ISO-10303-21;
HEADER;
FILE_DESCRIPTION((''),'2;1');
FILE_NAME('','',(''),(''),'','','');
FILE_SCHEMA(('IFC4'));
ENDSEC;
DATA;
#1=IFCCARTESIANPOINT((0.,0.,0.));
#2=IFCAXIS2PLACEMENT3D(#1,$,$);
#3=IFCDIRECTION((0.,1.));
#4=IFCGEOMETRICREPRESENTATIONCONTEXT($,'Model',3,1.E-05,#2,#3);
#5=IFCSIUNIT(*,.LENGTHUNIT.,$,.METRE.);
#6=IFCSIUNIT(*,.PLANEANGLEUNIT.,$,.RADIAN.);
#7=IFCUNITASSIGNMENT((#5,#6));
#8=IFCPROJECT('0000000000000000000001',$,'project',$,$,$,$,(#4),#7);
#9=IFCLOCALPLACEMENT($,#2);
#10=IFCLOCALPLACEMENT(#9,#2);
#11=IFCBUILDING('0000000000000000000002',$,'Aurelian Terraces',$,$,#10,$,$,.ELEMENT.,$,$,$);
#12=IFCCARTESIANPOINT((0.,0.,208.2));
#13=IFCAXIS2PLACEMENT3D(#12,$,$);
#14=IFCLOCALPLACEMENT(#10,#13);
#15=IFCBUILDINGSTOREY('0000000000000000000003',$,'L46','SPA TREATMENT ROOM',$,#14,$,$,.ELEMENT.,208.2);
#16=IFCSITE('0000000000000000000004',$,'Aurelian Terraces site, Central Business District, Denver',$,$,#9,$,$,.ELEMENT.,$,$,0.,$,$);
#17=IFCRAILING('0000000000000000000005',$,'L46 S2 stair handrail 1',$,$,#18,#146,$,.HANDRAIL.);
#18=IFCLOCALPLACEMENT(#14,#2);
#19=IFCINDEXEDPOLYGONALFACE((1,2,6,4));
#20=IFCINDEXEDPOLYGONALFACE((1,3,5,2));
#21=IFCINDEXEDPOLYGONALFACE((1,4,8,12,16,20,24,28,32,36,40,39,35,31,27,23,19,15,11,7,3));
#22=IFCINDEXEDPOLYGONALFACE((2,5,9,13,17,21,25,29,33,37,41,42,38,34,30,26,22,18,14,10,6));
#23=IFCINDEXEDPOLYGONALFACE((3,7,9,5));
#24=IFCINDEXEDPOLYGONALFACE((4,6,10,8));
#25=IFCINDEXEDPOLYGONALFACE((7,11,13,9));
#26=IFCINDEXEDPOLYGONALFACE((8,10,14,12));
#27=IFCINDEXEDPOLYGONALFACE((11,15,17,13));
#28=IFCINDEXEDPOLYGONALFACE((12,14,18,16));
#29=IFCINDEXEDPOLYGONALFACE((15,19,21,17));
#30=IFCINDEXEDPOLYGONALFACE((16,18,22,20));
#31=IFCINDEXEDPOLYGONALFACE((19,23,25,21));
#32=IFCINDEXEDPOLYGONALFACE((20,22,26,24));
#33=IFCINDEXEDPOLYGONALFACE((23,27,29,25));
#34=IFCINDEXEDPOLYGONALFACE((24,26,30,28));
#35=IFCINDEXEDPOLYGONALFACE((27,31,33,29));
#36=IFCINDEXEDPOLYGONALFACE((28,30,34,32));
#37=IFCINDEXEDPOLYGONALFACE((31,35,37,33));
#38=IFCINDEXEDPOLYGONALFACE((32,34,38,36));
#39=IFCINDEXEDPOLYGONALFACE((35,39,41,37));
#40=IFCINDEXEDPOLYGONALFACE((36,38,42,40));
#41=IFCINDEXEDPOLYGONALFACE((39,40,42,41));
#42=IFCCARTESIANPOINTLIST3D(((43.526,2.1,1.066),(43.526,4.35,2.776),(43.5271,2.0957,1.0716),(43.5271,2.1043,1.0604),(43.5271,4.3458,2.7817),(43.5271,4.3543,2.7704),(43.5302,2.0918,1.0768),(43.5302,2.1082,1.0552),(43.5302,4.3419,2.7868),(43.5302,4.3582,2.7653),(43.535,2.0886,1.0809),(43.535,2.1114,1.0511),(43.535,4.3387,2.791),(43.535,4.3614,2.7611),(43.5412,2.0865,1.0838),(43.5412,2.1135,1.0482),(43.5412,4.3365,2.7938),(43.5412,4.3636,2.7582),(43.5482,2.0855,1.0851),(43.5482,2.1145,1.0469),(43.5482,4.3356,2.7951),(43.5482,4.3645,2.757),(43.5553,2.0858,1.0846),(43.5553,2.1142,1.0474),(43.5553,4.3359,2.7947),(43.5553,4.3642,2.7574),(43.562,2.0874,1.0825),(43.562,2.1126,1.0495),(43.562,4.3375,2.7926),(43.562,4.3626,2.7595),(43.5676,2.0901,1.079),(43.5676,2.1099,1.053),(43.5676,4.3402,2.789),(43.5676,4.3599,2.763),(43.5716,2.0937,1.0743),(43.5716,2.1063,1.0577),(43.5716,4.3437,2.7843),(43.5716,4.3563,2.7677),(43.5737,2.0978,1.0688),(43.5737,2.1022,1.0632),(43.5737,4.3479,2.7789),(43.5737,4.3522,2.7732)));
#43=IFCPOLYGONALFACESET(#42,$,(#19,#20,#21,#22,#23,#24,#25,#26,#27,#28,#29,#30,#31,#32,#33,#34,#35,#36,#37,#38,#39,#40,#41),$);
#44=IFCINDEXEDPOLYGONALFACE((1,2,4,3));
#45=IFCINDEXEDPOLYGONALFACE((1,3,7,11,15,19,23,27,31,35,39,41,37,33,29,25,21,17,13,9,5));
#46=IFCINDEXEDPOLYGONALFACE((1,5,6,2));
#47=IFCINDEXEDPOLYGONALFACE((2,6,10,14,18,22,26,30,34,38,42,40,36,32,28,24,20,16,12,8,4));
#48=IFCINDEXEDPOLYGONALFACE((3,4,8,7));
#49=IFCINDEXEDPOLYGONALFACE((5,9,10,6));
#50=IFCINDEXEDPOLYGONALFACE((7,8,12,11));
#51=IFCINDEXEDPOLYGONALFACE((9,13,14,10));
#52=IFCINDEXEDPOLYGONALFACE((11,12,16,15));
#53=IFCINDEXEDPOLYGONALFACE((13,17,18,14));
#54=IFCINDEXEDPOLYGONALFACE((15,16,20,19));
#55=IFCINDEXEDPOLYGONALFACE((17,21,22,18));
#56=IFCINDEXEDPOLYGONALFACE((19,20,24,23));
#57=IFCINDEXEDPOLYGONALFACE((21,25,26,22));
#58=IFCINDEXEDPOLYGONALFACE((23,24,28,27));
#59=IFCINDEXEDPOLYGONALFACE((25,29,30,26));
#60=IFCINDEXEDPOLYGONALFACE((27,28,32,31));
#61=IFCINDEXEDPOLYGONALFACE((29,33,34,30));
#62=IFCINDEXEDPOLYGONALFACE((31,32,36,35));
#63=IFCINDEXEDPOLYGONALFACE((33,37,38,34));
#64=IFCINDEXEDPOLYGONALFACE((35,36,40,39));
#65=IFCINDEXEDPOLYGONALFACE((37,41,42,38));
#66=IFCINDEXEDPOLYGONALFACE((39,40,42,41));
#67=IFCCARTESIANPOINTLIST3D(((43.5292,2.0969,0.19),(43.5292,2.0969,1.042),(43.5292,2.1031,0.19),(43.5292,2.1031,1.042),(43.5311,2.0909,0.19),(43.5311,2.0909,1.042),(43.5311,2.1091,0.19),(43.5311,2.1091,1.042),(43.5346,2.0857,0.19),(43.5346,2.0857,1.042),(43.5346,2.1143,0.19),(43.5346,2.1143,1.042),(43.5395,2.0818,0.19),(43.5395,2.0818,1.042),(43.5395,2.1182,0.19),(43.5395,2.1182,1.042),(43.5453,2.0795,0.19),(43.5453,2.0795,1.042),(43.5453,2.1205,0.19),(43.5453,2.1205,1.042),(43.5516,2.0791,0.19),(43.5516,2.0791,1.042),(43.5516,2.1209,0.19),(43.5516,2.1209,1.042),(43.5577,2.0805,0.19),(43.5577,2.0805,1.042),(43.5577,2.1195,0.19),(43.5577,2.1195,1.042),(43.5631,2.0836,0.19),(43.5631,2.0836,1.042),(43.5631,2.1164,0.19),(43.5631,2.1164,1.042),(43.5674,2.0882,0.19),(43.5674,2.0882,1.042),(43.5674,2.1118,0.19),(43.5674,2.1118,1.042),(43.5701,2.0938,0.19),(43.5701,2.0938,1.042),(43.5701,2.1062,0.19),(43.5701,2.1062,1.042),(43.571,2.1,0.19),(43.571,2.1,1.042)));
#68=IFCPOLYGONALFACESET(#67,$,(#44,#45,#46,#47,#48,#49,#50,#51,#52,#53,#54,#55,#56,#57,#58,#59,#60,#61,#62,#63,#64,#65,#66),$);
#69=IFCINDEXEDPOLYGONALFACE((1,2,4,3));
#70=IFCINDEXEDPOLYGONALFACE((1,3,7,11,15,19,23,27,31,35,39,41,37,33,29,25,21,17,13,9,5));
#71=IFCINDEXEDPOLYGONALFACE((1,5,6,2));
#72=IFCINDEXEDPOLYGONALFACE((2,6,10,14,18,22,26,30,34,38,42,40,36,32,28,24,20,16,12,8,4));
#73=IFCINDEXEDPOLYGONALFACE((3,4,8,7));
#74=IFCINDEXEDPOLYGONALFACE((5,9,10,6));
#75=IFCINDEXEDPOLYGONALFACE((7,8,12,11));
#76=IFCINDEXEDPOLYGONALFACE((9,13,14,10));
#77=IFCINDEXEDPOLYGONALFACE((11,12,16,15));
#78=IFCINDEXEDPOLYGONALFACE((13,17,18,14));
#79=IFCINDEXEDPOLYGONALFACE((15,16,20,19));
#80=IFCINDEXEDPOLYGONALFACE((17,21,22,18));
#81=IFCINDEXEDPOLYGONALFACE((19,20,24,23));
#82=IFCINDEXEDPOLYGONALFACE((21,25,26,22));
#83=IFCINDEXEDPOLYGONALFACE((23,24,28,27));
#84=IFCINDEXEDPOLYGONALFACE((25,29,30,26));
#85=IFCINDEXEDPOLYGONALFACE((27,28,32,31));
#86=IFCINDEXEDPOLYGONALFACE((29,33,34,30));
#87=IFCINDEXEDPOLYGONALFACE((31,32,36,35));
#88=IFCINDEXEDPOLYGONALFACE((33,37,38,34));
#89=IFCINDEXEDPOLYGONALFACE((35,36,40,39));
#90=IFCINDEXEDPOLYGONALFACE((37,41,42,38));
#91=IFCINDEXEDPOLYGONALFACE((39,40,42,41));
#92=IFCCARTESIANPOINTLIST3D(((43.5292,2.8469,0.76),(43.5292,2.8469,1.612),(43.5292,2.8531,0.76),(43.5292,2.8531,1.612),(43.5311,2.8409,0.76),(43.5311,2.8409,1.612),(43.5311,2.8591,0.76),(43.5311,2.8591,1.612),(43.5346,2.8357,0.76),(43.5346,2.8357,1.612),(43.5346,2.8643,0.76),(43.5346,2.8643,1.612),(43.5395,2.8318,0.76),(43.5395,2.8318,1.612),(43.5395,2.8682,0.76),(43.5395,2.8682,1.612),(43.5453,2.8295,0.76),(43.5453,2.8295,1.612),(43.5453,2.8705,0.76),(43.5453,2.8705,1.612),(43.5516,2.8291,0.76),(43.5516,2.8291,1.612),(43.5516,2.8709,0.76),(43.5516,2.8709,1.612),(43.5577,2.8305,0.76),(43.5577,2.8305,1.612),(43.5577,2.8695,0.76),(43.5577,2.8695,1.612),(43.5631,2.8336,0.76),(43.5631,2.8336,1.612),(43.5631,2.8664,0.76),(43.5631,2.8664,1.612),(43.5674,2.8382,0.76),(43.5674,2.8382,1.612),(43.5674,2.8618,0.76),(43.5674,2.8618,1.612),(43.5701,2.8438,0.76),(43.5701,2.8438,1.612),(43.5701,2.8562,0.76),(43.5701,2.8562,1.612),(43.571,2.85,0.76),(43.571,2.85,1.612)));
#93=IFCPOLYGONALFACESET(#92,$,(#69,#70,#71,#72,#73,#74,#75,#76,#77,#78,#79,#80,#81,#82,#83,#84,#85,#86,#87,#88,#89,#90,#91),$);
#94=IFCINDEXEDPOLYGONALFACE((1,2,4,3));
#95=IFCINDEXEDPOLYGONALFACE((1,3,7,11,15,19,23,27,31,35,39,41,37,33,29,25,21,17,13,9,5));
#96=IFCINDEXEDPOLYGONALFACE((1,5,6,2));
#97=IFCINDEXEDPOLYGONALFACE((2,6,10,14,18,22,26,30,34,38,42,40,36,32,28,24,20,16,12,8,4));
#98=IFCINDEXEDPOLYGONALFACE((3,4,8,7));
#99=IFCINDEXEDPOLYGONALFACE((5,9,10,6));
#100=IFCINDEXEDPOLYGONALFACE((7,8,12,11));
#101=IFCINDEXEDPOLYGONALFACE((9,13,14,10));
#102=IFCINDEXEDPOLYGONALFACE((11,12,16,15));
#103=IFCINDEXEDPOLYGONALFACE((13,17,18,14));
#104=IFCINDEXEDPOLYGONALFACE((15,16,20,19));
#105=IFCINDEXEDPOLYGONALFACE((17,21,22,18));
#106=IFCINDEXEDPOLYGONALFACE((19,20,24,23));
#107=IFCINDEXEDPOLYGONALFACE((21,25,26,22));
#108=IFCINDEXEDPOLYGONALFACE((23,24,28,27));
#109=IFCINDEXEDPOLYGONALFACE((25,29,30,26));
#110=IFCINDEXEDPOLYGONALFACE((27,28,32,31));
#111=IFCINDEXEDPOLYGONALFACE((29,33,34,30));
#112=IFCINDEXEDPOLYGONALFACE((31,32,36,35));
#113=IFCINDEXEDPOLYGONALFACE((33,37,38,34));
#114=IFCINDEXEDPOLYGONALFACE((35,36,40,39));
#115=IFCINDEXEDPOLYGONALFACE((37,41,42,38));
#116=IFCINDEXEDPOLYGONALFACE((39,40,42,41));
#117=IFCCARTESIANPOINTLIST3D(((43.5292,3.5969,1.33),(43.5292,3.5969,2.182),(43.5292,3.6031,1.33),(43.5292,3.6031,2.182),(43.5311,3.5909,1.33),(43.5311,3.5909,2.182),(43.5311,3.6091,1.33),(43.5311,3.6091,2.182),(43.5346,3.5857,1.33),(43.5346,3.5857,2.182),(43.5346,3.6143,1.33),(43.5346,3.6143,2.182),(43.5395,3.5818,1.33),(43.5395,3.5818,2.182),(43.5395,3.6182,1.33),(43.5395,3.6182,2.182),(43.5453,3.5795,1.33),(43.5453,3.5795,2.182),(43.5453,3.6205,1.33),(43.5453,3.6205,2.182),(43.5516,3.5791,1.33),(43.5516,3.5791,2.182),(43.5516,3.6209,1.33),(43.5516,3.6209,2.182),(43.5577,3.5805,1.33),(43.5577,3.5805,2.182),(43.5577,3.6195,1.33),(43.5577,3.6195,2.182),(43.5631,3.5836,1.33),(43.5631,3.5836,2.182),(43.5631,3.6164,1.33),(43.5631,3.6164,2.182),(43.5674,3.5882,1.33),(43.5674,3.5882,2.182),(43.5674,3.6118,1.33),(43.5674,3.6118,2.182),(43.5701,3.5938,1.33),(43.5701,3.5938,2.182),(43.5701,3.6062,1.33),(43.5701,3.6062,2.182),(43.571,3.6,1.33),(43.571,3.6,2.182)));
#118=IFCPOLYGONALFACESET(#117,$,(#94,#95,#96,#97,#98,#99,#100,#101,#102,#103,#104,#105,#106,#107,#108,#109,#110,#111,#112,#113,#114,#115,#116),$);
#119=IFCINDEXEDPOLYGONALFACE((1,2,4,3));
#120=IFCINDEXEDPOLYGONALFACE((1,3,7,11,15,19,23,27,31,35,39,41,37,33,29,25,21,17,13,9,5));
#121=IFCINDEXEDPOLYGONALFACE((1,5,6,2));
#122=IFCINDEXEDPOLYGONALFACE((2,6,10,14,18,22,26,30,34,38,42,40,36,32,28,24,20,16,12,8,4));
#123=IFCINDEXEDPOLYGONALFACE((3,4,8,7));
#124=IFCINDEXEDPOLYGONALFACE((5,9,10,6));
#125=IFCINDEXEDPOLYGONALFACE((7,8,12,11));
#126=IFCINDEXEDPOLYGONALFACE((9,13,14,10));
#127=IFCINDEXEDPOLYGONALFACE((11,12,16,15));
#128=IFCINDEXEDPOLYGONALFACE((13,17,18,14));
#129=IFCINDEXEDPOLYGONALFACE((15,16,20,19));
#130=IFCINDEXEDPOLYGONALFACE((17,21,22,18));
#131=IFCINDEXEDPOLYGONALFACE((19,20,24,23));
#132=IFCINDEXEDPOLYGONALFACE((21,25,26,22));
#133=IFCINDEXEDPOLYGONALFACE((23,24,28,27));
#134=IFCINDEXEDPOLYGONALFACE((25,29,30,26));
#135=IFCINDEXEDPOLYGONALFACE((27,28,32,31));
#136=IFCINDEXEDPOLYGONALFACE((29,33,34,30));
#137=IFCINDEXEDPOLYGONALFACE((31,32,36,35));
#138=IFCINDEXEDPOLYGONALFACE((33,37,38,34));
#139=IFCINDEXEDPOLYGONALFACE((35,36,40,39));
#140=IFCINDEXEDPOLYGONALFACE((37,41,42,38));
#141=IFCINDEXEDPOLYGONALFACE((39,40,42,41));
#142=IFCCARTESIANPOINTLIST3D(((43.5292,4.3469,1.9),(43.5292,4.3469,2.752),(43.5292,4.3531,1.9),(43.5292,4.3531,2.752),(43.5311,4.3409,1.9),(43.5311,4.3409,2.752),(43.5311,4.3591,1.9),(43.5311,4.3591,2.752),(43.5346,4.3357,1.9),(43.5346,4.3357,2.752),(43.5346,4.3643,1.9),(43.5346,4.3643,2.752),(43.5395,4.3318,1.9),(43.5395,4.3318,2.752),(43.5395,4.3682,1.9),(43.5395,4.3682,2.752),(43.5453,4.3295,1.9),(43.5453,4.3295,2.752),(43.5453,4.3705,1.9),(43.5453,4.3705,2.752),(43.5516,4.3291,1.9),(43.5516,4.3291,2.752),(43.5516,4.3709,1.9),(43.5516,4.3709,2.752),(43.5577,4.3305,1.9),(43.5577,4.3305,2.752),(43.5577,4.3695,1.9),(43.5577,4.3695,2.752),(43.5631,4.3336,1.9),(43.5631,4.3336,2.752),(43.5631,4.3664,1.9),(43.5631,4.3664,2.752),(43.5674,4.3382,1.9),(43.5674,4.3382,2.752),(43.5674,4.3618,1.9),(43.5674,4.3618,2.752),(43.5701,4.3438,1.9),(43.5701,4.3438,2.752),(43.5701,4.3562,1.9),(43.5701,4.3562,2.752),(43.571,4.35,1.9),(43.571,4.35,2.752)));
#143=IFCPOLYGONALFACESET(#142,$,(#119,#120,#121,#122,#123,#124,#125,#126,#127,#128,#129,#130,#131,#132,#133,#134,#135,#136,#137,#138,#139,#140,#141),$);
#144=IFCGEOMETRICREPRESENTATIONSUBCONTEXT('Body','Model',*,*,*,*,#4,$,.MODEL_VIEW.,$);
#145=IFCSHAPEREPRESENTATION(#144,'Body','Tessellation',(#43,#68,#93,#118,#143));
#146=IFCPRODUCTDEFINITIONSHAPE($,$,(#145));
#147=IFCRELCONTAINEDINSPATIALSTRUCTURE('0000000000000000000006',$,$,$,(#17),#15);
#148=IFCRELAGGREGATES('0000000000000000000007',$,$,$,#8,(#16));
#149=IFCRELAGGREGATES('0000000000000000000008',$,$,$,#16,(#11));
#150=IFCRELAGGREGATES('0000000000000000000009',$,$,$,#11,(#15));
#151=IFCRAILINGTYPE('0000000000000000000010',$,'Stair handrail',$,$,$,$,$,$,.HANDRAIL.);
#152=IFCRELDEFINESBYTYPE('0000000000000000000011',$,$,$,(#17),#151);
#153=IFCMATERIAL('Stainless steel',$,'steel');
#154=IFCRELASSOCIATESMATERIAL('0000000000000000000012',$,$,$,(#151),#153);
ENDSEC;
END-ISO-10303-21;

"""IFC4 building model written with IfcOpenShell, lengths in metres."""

from ifc_helpers import new_model, si_unit, direction, frame, origin, origin_2d, place, context, subcontext, project, spatial, circle, extrude, source, transform, mapped, material, type_object, element, save


model = new_model("IFC4")

# Units and contexts
model_context = context("Model", 3, precision=1e-05, world=origin(), true_north=direction((0.0, 1.0)))
body_context = subcontext(model_context, "Body", "Model", "MODEL_VIEW")
ifc_project = project(units=[si_unit("LENGTHUNIT", "METRE"), si_unit("PLANEANGLEUNIT", "RADIAN")], contexts=[model_context])

# Site, building, storey
site_placement = place(None, origin())
site = spatial("IfcSite", under=ifc_project, at=site_placement, Name="Aurelian Terraces site, Central Business District, Denver", CompositionType="ELEMENT", RefElevation=0.0)
building_placement = place(site_placement, origin())
building = spatial("IfcBuilding", under=site, at=building_placement, Name="Aurelian Terraces", CompositionType="ELEMENT")
storey_placement = place(building_placement, frame((0.0, 0.0, 208.2)))
storey = spatial("IfcBuildingStorey", under=building, at=storey_placement, Name="L46", Description="SPA TREATMENT ROOM", CompositionType="ELEMENT", Elevation=208.2)

# Railing
ifc_material_1 = material(Name="Stainless steel", Category="steel")
railing_type_1 = type_object("IfcRailingType", Name="Stair handrail", PredefinedType="HANDRAIL", material=ifc_material_1)
shared_shape_1 = source(origin(), body_context, "Body", "SweptSolid", [
    extrude(circle(Radius=0.024, at=origin_2d()), frame((0.0, 0.0, 0.876), z_axis=(0.0, 0.796162, 0.605083), x_axis=(-1.0, 0.0, 0.0)), (0.0, 0.0, 1.0), 2.8261),
    extrude(circle(Radius=0.021, at=origin_2d()), origin(), (0.0, 0.0, 1.0), 0.852),
    extrude(circle(Radius=0.021, at=origin_2d()), frame((0.0, 0.75, 0.57)), (0.0, 0.0, 1.0), 0.852),
    extrude(circle(Radius=0.021, at=origin_2d()), frame((0.0, 1.5, 1.14)), (0.0, 0.0, 1.0), 0.852),
    extrude(circle(Radius=0.021, at=origin_2d()), frame((0.0, 2.25, 1.71)), (0.0, 0.0, 1.0), 0.852),
])
railing_1_placement = place(storey_placement, frame((43.55, 2.1, 0.19)))
element("IfcRailing", 1, at=railing_1_placement, inside=storey, type_object=railing_type_1, Name="L46 S2 stair handrail 1", PredefinedType="HANDRAIL", context=body_context, shape_type="MappedRepresentation", body=[
    mapped(shared_shape_1, transform((0.0, 0.0, 0.0), scale=1.0)),
])

save(model, "model.ifc")
